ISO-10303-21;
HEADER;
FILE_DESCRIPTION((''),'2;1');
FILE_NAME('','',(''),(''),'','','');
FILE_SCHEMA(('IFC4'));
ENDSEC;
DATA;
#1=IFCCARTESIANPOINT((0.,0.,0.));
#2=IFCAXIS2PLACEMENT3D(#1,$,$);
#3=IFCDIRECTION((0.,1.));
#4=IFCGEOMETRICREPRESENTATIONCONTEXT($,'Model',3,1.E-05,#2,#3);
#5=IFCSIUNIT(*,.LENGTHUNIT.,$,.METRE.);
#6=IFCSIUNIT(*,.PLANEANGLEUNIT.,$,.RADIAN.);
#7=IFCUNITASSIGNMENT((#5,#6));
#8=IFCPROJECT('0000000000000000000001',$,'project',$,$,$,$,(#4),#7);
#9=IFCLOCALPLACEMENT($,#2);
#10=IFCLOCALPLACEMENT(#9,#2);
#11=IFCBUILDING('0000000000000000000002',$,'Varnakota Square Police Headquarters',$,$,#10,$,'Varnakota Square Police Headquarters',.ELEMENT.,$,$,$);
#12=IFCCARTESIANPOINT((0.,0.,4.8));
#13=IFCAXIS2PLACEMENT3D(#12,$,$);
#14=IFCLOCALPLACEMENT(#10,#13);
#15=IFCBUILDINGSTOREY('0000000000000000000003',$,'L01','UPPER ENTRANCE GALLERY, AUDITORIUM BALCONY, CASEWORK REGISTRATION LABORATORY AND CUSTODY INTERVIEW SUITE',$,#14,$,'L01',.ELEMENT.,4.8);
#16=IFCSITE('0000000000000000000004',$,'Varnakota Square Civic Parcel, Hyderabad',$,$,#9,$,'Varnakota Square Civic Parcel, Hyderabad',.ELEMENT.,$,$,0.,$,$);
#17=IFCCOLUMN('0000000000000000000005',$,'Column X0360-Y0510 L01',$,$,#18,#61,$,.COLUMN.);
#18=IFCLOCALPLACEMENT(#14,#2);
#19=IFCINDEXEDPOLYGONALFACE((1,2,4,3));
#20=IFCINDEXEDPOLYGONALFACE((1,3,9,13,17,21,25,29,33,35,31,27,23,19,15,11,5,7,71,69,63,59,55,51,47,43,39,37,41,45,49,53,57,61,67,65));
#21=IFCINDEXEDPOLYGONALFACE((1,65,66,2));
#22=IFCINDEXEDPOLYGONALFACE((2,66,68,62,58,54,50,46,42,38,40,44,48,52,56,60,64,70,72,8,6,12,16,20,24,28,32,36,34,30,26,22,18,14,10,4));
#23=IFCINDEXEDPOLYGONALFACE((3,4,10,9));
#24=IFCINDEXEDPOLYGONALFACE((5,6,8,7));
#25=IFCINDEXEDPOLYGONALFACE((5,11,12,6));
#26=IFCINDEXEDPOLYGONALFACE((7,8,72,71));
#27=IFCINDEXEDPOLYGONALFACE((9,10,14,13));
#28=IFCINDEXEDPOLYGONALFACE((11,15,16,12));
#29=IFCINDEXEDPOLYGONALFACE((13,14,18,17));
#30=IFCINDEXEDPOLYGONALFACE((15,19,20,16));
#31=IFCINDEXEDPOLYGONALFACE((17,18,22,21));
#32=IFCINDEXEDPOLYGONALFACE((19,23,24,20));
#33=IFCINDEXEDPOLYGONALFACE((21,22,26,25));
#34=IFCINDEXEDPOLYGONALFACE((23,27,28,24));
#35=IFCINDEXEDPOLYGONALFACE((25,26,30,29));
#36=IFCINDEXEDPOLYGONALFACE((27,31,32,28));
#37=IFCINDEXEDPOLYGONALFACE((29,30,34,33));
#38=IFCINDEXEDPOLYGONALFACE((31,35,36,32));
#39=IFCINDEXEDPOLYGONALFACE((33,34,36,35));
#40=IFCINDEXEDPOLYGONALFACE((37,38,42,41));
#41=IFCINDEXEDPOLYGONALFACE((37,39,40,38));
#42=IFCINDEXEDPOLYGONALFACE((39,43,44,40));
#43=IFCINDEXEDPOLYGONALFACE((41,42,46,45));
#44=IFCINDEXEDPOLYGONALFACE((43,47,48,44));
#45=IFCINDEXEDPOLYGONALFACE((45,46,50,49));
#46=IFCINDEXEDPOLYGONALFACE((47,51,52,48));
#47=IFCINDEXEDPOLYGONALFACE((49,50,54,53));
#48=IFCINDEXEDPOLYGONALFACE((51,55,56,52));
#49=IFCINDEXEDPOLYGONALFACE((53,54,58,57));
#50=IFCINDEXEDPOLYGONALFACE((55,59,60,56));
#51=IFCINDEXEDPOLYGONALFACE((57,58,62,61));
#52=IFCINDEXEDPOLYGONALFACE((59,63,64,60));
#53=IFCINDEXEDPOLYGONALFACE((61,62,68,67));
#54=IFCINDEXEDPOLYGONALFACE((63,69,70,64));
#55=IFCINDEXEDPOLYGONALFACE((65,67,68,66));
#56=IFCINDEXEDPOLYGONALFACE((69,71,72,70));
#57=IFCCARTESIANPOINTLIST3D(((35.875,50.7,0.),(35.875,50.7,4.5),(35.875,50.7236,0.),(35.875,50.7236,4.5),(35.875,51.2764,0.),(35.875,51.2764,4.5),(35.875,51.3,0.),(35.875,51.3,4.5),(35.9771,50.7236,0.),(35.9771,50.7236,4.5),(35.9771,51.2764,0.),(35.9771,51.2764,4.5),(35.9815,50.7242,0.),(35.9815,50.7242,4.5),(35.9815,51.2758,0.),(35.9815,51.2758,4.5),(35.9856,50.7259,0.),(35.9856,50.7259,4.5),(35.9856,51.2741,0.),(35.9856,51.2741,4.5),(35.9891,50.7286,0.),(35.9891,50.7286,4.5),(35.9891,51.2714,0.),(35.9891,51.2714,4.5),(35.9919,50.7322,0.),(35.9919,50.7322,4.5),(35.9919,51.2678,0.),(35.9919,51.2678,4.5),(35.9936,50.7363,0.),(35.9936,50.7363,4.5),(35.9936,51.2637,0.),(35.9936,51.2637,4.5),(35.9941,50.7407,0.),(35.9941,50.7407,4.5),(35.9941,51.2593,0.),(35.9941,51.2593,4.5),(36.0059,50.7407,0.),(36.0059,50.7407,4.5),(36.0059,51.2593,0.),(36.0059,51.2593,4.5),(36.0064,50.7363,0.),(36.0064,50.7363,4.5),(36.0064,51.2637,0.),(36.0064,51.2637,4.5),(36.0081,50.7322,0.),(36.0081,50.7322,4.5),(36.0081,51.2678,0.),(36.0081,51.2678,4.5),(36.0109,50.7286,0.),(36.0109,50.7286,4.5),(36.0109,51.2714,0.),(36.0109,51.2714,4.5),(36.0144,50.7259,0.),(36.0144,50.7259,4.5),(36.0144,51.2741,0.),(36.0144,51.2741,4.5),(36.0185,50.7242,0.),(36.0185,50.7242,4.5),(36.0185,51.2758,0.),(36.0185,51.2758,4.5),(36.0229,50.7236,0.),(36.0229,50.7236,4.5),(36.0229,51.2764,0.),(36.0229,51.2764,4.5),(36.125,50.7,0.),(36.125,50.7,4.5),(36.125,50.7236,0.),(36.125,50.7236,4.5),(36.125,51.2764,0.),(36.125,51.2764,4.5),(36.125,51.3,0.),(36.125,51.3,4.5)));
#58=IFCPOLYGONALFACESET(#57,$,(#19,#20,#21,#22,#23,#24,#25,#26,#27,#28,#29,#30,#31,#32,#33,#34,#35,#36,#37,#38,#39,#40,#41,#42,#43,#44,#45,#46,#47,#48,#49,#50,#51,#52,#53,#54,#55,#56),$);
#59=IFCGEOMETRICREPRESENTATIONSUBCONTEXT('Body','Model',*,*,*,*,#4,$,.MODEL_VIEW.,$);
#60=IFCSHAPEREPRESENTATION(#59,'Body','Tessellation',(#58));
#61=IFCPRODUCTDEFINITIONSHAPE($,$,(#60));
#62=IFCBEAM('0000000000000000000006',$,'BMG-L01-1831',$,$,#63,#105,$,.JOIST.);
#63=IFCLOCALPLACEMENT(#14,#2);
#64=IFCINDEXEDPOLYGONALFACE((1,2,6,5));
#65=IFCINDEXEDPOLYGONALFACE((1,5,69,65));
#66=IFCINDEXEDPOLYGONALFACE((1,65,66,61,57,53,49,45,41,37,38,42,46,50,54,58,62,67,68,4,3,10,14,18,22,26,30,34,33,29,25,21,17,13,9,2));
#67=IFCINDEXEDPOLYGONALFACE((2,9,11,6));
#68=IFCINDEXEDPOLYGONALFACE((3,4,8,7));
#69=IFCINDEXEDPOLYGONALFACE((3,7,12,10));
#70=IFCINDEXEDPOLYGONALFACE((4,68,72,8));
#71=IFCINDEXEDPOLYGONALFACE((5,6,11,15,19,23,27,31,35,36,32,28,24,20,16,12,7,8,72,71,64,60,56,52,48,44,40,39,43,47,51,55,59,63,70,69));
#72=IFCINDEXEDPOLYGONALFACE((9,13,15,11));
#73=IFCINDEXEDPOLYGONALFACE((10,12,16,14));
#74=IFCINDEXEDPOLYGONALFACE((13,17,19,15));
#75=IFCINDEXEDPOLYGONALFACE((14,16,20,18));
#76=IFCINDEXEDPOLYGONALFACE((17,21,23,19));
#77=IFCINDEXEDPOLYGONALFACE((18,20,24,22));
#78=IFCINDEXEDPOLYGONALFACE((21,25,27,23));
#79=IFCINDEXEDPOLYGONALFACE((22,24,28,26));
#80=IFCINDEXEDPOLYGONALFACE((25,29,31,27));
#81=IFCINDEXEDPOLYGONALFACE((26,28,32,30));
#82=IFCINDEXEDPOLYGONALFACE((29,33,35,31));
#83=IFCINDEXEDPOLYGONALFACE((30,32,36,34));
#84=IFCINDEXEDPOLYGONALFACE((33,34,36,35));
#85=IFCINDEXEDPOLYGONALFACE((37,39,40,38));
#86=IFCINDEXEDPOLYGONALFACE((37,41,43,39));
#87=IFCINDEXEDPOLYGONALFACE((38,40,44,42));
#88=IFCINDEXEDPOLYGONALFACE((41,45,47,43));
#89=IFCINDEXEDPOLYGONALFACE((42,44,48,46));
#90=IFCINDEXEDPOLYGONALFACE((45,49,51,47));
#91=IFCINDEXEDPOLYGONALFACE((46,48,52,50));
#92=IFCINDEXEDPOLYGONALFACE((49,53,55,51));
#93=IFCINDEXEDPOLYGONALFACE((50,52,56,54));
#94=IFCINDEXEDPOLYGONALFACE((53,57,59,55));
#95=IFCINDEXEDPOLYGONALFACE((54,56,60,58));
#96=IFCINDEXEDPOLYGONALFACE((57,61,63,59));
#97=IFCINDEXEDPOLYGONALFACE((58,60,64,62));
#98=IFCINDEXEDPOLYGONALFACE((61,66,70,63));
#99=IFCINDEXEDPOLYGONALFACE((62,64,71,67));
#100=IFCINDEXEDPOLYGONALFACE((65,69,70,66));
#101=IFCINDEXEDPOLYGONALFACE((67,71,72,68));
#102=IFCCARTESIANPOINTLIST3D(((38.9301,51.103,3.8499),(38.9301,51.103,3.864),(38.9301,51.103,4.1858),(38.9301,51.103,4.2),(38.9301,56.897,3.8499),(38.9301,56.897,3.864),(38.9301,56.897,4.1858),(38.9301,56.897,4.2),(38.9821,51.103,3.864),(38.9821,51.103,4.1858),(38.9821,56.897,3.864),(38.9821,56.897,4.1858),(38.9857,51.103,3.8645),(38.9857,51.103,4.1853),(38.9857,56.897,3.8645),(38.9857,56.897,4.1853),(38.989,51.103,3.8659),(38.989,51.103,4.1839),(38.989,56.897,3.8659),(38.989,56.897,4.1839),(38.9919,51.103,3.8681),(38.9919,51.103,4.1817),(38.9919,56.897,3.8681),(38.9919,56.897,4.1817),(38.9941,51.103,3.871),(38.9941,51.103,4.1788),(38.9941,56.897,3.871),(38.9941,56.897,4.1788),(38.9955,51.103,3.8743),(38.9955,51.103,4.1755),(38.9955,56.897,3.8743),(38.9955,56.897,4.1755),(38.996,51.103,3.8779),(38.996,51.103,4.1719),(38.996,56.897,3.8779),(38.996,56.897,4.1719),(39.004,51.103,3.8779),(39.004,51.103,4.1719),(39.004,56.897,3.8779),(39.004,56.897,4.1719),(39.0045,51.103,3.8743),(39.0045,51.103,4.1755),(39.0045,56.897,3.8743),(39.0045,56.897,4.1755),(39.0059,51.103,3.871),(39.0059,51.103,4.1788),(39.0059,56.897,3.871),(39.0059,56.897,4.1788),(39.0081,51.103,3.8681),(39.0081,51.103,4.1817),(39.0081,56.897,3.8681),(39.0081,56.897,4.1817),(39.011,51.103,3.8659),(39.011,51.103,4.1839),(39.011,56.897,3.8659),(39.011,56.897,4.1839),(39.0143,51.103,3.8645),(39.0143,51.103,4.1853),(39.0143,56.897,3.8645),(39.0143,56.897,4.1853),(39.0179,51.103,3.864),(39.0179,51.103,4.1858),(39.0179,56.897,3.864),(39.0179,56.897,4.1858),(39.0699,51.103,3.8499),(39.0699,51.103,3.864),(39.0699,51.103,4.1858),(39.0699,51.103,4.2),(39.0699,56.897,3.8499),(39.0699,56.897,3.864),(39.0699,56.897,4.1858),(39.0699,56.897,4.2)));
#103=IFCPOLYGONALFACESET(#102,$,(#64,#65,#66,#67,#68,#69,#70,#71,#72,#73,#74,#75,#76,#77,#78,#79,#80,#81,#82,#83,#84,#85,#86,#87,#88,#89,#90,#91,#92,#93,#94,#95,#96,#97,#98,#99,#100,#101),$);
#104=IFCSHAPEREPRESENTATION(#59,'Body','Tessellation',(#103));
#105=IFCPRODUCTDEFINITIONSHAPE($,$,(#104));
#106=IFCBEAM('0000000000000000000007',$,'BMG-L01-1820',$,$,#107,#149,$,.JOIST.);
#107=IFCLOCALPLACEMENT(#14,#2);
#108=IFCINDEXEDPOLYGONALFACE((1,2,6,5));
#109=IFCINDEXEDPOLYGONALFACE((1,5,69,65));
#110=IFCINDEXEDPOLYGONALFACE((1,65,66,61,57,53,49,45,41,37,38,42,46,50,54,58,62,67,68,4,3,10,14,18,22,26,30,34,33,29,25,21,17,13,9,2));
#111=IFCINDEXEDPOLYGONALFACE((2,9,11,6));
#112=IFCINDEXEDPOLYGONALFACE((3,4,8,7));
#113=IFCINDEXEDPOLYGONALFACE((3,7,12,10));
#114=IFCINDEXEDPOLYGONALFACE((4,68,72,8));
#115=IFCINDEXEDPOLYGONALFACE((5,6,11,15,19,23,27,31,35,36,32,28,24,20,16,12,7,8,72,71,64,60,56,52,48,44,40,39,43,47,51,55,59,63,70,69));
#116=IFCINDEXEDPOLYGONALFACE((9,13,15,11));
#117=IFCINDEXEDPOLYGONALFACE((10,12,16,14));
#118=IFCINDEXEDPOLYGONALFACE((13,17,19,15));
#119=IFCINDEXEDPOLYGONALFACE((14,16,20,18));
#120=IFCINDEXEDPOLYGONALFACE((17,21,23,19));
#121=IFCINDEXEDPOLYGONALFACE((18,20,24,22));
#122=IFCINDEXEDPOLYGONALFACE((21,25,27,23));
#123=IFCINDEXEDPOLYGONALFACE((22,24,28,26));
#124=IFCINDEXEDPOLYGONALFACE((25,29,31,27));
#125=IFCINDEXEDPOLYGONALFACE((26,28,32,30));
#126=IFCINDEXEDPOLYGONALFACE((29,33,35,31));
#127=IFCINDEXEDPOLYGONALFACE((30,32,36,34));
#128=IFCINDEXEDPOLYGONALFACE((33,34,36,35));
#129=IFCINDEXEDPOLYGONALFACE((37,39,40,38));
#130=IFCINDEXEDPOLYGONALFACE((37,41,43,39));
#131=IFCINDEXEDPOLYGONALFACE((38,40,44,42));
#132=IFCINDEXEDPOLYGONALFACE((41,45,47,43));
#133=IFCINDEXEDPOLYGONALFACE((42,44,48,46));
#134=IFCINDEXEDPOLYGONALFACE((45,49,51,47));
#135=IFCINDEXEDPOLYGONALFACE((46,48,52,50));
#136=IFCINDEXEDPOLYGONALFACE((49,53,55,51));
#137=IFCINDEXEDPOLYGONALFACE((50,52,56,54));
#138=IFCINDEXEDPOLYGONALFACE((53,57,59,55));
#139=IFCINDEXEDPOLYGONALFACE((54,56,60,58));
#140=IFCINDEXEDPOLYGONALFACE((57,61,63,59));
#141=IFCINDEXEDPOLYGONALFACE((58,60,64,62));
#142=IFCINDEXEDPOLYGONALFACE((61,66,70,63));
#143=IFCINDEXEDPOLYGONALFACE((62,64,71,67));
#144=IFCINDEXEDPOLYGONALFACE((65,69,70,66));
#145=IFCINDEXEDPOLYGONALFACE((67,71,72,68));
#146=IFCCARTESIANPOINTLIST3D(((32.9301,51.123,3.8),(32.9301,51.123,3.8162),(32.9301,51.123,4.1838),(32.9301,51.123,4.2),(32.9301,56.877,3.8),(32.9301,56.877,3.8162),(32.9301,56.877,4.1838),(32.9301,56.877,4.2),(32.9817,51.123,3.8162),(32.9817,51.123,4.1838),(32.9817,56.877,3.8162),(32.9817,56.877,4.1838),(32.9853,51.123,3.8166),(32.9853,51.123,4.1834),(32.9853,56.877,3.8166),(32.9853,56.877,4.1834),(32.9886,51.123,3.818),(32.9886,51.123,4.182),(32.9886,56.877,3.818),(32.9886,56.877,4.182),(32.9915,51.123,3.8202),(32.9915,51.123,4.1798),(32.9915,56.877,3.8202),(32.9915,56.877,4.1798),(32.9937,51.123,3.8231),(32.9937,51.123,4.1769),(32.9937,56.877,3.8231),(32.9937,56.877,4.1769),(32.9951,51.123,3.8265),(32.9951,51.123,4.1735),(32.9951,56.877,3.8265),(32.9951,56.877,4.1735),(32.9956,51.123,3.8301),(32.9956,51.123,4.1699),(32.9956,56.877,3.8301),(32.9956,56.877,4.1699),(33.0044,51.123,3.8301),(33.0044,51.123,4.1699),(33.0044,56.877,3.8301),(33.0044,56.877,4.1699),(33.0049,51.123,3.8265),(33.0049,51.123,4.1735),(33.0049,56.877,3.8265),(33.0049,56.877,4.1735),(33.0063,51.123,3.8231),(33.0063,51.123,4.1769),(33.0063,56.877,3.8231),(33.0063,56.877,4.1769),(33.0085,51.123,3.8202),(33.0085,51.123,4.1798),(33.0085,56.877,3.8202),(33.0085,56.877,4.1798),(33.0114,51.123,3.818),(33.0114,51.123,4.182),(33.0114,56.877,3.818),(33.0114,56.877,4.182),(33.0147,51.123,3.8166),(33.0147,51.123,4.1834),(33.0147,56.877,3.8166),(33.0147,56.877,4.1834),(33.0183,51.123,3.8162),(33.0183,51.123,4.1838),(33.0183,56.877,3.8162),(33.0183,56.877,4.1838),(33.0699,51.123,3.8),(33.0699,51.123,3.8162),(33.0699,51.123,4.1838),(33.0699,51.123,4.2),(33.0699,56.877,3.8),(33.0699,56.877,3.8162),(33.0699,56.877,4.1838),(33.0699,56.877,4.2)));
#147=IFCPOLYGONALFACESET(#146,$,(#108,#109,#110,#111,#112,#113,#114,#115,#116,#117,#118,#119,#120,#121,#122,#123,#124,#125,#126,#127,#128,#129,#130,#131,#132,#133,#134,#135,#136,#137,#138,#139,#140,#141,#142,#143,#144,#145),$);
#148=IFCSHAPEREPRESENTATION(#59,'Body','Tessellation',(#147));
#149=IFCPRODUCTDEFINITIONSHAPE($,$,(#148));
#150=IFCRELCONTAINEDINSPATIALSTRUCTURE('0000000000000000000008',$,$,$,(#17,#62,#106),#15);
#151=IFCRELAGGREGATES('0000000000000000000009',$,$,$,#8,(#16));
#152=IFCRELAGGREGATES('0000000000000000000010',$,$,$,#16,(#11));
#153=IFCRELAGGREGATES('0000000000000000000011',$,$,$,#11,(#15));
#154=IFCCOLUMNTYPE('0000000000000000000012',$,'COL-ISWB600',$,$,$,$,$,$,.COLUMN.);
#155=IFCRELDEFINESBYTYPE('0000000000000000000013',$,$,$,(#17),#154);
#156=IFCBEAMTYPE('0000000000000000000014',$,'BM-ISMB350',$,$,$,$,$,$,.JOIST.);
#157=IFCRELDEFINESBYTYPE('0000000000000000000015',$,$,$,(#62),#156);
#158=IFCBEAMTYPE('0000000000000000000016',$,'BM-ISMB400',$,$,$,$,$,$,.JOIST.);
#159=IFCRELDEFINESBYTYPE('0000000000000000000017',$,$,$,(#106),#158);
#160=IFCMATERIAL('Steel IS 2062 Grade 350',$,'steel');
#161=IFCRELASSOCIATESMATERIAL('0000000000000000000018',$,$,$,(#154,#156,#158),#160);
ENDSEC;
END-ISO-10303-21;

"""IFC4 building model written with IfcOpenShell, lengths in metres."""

from ifc_helpers import new_model, si_unit, direction, frame, origin, origin_2d, place, context, subcontext, project, spatial, i_section, extrude, material, material_profile, profile_set, type_object, element, save


model = new_model("IFC4")

# Units and contexts
model_context = context("Model", 3, precision=1e-05, world=origin(), true_north=direction((0.0, 1.0)))
body_context = subcontext(model_context, "Body", "Model", "MODEL_VIEW")
ifc_project = project(units=[si_unit("LENGTHUNIT", "METRE"), si_unit("PLANEANGLEUNIT", "RADIAN")], contexts=[model_context])

# Site, building, storey
site_placement = place(None, origin())
site = spatial("IfcSite", under=ifc_project, at=site_placement, Name="Varnakota Square Civic Parcel, Hyderabad", LongName="Varnakota Square Civic Parcel, Hyderabad", CompositionType="ELEMENT", RefElevation=0.0)
building_placement = place(site_placement, origin())
building = spatial("IfcBuilding", under=site, at=building_placement, Name="Varnakota Square Police Headquarters", LongName="Varnakota Square Police Headquarters", CompositionType="ELEMENT")
storey_placement = place(building_placement, frame((0.0, 0.0, 4.8)))
storey = spatial("IfcBuildingStorey", under=building, at=storey_placement, Name="L01", Description="UPPER ENTRANCE GALLERY, AUDITORIUM BALCONY, CASEWORK REGISTRATION LABORATORY AND CUSTODY INTERVIEW SUITE", LongName="L01", CompositionType="ELEMENT", Elevation=4.8)

# Column
ifc_material_1 = material(Name="Steel IS 2062 Grade 350", Category="steel")
ifc_material_profile_1 = material_profile(ifc_material_1, i_section(OverallWidth=0.25, OverallDepth=0.6001, WebThickness=0.0117, FlangeThickness=0.0237, FilletRadius=0.0171, at=origin_2d()), Name="ISWB 600")
ifc_profile_set_1 = profile_set([ifc_material_profile_1], Name="Steel IS 2062 Grade 350")
column_type = type_object("IfcColumnType", Name="COL-ISWB600", PredefinedType="COLUMN", material=ifc_profile_set_1)
column_placement = place(storey_placement, frame((36.0, 51.0, 0.0), z_axis=(0.0, 0.0, 1.0), x_axis=(1.0, 0.0, 0.0)))
element("IfcColumn", 1, at=column_placement, inside=storey, type_object=column_type, Name="Column X0360-Y0510 L01", PredefinedType="COLUMN", context=body_context, shape_type="SweptSolid", body=[
    extrude(i_section(OverallWidth=0.25, OverallDepth=0.6001, WebThickness=0.0117, FlangeThickness=0.0237, FilletRadius=0.0171, at=origin_2d()), origin(), (0.0, 0.0, 1.0), 4.5),
])

# Beams
ifc_material_profile_2 = material_profile(ifc_material_1, i_section(OverallWidth=0.1399, OverallDepth=0.3501, WebThickness=0.0081, FlangeThickness=0.0142, FilletRadius=0.0139, at=origin_2d()), Name="ISMB 350")
ifc_profile_set_2 = profile_set([ifc_material_profile_2], Name="Steel IS 2062 Grade 350")
beam_type_1 = type_object("IfcBeamType", Name="BM-ISMB350", PredefinedType="JOIST", material=ifc_profile_set_2)
beam_1_placement = place(storey_placement, frame((39.0, 51.103, 4.0249), z_axis=(0.0, 1.0, 0.0), x_axis=(-1.0, 0.0, 0.0)))
element("IfcBeam", 2, at=beam_1_placement, inside=storey, type_object=beam_type_1, Name="BMG-L01-1831", PredefinedType="JOIST", context=body_context, shape_type="SweptSolid", body=[
    extrude(i_section(OverallWidth=0.1399, OverallDepth=0.3501, WebThickness=0.0081, FlangeThickness=0.0142, FilletRadius=0.0139, at=origin_2d()), origin(), (0.0, 0.0, 1.0), 5.7939),
])
ifc_material_profile_3 = material_profile(ifc_material_1, i_section(OverallWidth=0.1399, OverallDepth=0.3999, WebThickness=0.0088, FlangeThickness=0.0161, FilletRadius=0.0139, at=origin_2d()), Name="ISMB 400")
ifc_profile_set_3 = profile_set([ifc_material_profile_3], Name="Steel IS 2062 Grade 350")
beam_type_2 = type_object("IfcBeamType", Name="BM-ISMB400", PredefinedType="JOIST", material=ifc_profile_set_3)
beam_2_placement = place(storey_placement, frame((33.0, 51.123, 4.0), z_axis=(0.0, 1.0, 0.0), x_axis=(-1.0, 0.0, 0.0)))
element("IfcBeam", 3, at=beam_2_placement, inside=storey, type_object=beam_type_2, Name="BMG-L01-1820", PredefinedType="JOIST", context=body_context, shape_type="SweptSolid", body=[
    extrude(i_section(OverallWidth=0.1399, OverallDepth=0.3999, WebThickness=0.0088, FlangeThickness=0.0161, FilletRadius=0.0139, at=origin_2d()), origin(), (0.0, 0.0, 1.0), 5.7539),
])

save(model, "model.ifc")
